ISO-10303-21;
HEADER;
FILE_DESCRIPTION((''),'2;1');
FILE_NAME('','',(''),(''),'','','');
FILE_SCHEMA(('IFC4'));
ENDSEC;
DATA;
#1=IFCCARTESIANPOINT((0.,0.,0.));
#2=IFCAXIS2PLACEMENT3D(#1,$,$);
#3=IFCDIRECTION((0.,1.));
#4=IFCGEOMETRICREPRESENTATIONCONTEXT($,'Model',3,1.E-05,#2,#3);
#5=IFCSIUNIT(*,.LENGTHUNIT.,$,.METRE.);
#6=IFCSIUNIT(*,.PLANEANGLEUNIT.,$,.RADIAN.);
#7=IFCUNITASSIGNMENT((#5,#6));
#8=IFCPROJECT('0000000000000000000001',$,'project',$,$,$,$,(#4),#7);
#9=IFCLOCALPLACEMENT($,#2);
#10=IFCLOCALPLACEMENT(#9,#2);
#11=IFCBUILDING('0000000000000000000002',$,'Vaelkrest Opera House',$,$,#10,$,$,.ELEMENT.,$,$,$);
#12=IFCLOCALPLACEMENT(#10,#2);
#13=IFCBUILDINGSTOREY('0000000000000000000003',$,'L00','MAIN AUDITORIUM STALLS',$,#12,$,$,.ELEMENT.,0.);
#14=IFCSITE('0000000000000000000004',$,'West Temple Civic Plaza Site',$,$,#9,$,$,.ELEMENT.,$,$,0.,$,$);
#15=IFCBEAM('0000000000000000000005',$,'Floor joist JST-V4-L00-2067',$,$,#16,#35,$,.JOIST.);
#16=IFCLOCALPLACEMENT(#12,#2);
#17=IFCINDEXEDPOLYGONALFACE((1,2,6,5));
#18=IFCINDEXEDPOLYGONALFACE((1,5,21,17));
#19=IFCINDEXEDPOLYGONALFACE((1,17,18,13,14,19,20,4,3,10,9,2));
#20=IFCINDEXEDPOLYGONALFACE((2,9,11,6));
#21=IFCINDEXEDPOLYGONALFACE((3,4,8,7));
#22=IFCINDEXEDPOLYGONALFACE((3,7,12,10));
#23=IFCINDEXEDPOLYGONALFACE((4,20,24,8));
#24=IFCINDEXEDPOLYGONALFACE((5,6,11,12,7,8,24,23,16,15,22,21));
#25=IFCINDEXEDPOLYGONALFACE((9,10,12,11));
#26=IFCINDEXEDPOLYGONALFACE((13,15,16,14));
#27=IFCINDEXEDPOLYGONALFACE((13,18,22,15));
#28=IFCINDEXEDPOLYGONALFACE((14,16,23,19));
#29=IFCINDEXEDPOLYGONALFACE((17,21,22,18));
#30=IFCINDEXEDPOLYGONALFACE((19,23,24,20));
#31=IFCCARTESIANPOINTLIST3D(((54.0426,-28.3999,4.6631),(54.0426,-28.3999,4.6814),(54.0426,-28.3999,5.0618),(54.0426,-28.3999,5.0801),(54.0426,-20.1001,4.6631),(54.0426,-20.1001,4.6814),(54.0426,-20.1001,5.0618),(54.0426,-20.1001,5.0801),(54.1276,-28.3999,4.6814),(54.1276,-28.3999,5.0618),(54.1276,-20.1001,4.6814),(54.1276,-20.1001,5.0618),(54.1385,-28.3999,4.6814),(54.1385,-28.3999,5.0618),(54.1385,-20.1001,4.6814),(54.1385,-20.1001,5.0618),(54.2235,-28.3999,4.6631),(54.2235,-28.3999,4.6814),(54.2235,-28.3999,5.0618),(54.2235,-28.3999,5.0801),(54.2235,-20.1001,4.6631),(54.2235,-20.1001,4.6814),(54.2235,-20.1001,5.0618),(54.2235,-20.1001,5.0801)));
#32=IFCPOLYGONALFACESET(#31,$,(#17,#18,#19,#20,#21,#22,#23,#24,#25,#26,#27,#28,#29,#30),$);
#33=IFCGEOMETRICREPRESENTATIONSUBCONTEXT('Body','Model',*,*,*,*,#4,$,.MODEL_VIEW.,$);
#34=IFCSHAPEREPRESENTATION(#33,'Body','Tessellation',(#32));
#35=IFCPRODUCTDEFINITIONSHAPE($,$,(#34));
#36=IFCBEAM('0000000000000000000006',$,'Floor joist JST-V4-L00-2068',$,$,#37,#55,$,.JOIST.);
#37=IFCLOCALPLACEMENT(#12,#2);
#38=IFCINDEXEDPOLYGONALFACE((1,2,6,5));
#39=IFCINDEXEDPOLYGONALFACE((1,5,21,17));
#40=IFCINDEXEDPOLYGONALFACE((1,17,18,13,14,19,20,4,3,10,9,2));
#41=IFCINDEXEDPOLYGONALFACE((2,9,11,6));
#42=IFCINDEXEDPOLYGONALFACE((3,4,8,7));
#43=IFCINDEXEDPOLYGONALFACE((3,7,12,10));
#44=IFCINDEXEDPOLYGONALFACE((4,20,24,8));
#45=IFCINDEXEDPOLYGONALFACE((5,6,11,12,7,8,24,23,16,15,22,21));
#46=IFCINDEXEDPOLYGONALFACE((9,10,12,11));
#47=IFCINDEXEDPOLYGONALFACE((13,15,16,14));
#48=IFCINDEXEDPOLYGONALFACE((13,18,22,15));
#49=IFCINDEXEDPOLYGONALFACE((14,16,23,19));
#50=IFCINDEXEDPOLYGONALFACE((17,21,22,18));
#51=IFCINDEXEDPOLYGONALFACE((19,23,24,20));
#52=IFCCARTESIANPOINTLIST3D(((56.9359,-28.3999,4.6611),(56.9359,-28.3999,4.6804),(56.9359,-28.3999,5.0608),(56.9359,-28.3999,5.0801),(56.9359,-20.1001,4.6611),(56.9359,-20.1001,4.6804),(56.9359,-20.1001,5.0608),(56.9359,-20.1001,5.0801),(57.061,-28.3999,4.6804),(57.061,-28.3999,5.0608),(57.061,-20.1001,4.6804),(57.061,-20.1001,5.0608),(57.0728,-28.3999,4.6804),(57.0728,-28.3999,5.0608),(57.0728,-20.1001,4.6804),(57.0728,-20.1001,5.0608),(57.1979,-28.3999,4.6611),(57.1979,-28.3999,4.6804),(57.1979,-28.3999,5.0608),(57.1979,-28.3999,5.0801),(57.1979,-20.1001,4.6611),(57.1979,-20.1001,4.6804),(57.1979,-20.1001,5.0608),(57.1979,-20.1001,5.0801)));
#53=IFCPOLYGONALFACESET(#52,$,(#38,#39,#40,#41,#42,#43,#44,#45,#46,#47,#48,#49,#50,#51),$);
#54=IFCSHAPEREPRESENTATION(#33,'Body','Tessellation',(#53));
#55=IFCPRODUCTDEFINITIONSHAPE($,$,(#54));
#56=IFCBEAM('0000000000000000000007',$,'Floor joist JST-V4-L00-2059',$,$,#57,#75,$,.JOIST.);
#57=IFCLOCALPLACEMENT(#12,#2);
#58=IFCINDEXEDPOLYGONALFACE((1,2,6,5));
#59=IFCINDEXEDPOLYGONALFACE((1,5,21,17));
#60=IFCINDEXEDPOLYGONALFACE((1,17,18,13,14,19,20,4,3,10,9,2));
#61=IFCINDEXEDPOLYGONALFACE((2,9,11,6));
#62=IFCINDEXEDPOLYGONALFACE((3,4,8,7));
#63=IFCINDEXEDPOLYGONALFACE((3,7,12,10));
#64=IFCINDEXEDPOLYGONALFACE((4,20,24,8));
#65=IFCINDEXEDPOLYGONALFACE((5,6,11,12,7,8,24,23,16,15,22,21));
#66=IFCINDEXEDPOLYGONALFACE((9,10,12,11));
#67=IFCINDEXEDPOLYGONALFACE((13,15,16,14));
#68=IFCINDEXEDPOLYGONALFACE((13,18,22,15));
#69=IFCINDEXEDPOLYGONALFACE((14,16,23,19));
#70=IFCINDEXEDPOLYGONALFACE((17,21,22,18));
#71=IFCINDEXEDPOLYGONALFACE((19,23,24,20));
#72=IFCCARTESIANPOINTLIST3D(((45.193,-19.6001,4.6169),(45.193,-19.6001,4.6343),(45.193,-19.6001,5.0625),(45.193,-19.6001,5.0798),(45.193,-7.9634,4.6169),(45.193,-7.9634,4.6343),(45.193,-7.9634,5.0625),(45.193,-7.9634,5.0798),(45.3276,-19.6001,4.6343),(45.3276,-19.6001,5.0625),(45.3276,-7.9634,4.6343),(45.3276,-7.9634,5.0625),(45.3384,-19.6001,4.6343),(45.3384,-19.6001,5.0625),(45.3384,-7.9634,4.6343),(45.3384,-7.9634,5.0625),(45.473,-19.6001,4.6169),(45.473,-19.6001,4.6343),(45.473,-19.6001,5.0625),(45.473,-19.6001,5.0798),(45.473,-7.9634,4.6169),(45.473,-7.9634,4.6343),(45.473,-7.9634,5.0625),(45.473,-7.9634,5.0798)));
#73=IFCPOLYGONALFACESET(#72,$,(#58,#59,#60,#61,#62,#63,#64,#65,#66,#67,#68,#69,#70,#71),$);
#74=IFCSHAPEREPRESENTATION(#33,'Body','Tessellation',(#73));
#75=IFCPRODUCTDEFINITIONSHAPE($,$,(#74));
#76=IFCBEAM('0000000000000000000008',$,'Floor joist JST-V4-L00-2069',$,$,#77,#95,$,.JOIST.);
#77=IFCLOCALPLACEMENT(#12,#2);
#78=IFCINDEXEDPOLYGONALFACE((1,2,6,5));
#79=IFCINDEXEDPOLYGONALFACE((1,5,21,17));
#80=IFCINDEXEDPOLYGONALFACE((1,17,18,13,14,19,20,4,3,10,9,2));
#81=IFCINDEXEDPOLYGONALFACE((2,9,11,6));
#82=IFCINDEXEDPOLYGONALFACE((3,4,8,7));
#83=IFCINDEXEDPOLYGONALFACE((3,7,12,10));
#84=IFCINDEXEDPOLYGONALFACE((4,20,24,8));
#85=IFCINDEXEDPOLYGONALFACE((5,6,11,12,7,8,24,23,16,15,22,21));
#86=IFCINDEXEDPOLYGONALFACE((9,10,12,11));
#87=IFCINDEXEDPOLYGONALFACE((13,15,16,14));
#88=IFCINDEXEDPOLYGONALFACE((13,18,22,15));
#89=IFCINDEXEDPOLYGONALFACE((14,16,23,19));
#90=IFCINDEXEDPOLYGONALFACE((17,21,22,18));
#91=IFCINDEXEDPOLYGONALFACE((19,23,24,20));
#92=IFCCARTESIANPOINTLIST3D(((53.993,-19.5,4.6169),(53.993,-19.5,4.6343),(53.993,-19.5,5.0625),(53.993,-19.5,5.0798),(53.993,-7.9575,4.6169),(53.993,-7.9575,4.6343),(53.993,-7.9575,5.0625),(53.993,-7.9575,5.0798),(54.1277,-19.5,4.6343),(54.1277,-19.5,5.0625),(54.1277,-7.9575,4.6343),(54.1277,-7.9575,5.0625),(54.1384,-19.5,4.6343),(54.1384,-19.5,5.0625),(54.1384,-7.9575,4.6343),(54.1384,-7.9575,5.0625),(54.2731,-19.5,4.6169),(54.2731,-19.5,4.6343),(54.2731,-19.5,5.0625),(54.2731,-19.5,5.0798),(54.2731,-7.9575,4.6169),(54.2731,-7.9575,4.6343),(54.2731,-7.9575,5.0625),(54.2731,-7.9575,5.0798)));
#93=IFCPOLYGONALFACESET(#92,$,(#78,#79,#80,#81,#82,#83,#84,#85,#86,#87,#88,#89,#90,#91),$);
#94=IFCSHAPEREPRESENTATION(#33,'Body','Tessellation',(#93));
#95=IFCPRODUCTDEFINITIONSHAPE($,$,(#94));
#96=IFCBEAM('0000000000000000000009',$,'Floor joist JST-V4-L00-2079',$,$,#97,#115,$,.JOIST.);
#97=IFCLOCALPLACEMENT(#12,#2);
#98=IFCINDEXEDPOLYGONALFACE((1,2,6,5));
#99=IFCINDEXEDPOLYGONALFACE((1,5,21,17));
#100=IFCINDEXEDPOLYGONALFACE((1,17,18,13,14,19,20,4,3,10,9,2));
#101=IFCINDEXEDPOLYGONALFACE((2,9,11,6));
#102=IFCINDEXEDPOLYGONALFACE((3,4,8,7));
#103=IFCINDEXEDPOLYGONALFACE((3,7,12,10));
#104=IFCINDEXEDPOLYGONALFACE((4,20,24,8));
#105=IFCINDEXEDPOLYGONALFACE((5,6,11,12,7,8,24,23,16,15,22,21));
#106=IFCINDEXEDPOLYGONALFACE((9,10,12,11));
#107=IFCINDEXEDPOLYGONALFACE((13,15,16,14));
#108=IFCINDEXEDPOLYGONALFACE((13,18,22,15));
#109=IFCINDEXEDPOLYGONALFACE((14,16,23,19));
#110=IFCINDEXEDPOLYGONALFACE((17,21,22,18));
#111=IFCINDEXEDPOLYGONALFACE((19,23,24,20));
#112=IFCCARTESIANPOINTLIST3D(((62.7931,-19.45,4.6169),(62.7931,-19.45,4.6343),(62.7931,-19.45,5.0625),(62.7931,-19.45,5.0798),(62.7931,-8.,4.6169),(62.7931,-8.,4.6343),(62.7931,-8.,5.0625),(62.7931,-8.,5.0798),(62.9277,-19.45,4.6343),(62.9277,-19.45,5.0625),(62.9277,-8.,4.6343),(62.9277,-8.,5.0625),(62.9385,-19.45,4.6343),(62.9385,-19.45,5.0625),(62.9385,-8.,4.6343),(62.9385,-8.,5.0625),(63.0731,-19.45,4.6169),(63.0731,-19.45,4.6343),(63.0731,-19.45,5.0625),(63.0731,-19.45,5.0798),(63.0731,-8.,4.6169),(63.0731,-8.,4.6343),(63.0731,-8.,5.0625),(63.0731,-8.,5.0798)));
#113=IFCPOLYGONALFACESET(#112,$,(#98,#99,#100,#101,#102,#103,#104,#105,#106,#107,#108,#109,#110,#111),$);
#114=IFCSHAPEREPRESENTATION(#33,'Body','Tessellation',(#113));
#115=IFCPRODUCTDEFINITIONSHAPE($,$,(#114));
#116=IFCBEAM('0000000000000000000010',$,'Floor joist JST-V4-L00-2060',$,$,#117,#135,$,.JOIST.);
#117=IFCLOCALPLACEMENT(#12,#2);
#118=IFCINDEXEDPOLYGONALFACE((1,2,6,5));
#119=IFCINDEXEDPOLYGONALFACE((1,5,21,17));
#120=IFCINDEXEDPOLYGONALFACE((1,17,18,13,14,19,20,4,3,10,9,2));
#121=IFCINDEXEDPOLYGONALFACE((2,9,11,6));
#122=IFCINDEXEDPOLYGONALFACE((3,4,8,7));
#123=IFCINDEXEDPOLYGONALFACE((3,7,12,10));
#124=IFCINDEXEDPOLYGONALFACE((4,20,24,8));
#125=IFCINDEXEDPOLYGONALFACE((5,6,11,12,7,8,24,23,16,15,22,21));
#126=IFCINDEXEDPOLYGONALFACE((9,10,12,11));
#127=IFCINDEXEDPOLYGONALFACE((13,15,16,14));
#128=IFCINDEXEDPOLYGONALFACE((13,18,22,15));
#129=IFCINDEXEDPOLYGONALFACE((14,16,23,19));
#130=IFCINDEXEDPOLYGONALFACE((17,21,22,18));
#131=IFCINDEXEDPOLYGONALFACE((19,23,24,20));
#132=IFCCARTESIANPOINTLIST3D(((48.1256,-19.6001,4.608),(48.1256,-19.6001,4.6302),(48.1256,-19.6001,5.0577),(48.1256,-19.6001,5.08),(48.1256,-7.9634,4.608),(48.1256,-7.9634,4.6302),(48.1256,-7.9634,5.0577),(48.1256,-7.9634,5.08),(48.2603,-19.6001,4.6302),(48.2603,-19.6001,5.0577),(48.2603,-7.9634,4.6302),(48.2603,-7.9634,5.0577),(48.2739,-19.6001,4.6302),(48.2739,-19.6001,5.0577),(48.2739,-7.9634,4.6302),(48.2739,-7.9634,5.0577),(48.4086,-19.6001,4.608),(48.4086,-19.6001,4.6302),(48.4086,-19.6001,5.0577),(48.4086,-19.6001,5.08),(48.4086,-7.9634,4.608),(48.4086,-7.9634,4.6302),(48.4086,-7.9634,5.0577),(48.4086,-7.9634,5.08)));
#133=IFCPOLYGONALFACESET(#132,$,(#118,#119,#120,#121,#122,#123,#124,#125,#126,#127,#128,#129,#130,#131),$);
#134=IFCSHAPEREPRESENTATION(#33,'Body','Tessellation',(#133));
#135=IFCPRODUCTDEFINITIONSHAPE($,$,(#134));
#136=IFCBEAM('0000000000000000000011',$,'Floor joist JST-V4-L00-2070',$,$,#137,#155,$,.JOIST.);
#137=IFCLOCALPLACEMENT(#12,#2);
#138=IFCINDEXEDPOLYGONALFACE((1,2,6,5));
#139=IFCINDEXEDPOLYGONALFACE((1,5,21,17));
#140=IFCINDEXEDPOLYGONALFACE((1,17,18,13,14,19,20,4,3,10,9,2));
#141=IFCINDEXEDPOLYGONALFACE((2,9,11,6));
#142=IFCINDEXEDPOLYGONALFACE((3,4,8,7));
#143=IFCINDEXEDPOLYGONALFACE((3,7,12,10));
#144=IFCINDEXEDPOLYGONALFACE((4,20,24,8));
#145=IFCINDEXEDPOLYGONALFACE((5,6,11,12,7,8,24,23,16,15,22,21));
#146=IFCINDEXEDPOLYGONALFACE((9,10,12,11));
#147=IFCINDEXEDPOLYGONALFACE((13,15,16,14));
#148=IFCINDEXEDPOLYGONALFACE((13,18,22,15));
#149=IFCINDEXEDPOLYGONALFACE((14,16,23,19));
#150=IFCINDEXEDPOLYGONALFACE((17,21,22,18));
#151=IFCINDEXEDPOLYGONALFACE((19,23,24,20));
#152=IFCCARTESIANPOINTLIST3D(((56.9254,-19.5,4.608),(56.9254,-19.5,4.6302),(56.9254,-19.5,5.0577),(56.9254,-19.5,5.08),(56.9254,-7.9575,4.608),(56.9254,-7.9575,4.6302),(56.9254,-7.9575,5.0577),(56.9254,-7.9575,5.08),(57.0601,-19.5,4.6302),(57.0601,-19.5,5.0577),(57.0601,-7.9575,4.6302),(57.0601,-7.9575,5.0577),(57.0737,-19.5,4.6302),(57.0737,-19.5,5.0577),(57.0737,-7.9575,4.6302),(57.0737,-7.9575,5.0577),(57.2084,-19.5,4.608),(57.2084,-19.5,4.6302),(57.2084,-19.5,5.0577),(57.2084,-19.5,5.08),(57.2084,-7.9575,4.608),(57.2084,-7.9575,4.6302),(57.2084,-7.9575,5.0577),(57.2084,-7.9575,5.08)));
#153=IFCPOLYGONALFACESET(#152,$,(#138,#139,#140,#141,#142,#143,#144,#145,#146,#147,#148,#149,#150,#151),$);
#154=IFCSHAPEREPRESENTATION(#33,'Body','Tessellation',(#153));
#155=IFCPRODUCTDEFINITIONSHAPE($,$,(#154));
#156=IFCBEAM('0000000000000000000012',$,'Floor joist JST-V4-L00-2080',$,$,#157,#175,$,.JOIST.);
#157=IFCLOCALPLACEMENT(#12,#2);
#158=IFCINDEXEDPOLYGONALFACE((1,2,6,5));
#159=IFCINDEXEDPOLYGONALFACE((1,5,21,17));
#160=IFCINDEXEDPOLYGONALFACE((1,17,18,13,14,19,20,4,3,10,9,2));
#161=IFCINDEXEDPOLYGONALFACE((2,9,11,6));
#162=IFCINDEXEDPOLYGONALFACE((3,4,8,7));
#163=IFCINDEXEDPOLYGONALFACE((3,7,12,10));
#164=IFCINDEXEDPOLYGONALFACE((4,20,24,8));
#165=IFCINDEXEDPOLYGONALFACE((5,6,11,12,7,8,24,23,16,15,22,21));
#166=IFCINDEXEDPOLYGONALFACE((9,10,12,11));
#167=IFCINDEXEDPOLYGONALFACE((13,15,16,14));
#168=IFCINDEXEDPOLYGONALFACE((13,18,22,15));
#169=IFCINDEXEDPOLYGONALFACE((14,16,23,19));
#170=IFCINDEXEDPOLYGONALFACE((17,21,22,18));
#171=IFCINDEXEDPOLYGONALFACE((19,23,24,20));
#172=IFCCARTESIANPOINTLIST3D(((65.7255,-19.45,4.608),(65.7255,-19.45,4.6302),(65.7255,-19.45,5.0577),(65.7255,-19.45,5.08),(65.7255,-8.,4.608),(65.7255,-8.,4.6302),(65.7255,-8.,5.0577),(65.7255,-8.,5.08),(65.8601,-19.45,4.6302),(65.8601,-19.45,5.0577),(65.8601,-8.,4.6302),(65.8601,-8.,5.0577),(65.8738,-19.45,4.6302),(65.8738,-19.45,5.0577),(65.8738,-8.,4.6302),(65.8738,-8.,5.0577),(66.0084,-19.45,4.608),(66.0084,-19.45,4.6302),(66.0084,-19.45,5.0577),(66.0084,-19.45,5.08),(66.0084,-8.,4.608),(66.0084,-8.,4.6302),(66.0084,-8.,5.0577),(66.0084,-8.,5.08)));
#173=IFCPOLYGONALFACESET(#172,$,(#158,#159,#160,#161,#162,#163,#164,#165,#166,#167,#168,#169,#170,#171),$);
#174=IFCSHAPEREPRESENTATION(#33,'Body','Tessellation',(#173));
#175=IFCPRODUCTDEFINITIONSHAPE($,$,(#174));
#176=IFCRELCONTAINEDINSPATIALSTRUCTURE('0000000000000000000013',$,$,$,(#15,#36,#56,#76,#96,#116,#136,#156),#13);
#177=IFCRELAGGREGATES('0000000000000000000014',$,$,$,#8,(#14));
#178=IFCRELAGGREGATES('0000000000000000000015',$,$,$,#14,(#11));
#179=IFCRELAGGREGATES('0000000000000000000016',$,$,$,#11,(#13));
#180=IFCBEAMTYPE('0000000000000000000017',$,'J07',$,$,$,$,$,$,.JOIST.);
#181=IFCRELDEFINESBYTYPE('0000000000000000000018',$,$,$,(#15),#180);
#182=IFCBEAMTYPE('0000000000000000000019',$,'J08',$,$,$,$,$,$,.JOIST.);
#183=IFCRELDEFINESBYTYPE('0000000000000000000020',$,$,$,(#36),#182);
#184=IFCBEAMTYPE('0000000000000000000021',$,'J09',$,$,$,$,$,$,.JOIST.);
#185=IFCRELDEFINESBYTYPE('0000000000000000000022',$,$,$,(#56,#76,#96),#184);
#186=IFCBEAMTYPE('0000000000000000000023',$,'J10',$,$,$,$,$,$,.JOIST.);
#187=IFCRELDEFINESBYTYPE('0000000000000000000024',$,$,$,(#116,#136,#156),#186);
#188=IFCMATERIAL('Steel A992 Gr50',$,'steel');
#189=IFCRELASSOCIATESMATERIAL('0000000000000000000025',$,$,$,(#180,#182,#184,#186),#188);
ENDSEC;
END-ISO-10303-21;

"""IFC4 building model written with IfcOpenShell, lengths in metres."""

from ifc_helpers import new_model, si_unit, direction, frame, origin, origin_2d, place, context, subcontext, project, spatial, i_section, extrude, material, material_profile, profile_set, type_object, element, save


model = new_model("IFC4")

# Units and contexts
model_context = context("Model", 3, precision=1e-05, world=origin(), true_north=direction((0.0, 1.0)))
body_context = subcontext(model_context, "Body", "Model", "MODEL_VIEW")
ifc_project = project(units=[si_unit("LENGTHUNIT", "METRE"), si_unit("PLANEANGLEUNIT", "RADIAN")], contexts=[model_context])

# Site, building, storey
site_placement = place(None, origin())
site = spatial("IfcSite", under=ifc_project, at=site_placement, Name="West Temple Civic Plaza Site", CompositionType="ELEMENT", RefElevation=0.0)
building_placement = place(site_placement, origin())
building = spatial("IfcBuilding", under=site, at=building_placement, Name="Vaelkrest Opera House", CompositionType="ELEMENT")
storey_placement = place(building_placement, origin())
storey = spatial("IfcBuildingStorey", under=building, at=storey_placement, Name="L00", Description="MAIN AUDITORIUM STALLS", CompositionType="ELEMENT", Elevation=0.0)

# Beams
ifc_material_1 = material(Name="Steel A992 Gr50", Category="steel")
ifc_material_profile_1 = material_profile(ifc_material_1, i_section(OverallWidth=0.1809, OverallDepth=0.417, WebThickness=0.011, FlangeThickness=0.0183, at=origin_2d()), Name="W16X57")
ifc_profile_set_1 = profile_set([ifc_material_profile_1], Name="Steel A992 Gr50")
beam_type_1 = type_object("IfcBeamType", Name="J07", PredefinedType="JOIST", material=ifc_profile_set_1)
beam_1_placement = place(storey_placement, frame((54.1331, -28.3999, 4.8716), z_axis=(0.0, 1.0, 0.0), x_axis=(-1.0, 0.0, 0.0)))
element("IfcBeam", 1, at=beam_1_placement, inside=storey, type_object=beam_type_1, Name="Floor joist JST-V4-L00-2067", PredefinedType="JOIST", context=body_context, shape_type="SweptSolid", body=[
    extrude(i_section(OverallWidth=0.1809, OverallDepth=0.417, WebThickness=0.011, FlangeThickness=0.0183, at=origin_2d()), origin(), (0.0, 0.0, 1.0), 8.2998),
])
ifc_material_profile_2 = material_profile(ifc_material_1, i_section(OverallWidth=0.262, OverallDepth=0.4189, WebThickness=0.0117, FlangeThickness=0.0193, at=origin_2d()), Name="W16X77")
ifc_profile_set_2 = profile_set([ifc_material_profile_2], Name="Steel A992 Gr50")
beam_type_2 = type_object("IfcBeamType", Name="J08", PredefinedType="JOIST", material=ifc_profile_set_2)
beam_2_placement = place(storey_placement, frame((57.0669, -28.3999, 4.8706), z_axis=(0.0, 1.0, 0.0), x_axis=(-1.0, 0.0, 0.0)))
element("IfcBeam", 2, at=beam_2_placement, inside=storey, type_object=beam_type_2, Name="Floor joist JST-V4-L00-2068", PredefinedType="JOIST", context=body_context, shape_type="SweptSolid", body=[
    extrude(i_section(OverallWidth=0.262, OverallDepth=0.4189, WebThickness=0.0117, FlangeThickness=0.0193, at=origin_2d()), origin(), (0.0, 0.0, 1.0), 8.2998),
])
ifc_material_profile_3 = material_profile(ifc_material_1, i_section(OverallWidth=0.28, OverallDepth=0.4629, WebThickness=0.0107, FlangeThickness=0.0173, at=origin_2d()), Name="W18X76")
ifc_profile_set_3 = profile_set([ifc_material_profile_3], Name="Steel A992 Gr50")
beam_type_3 = type_object("IfcBeamType", Name="J09", PredefinedType="JOIST", material=ifc_profile_set_3)
beam_3_placement = place(storey_placement, frame((45.333, -19.6001, 4.8484), z_axis=(0.0, 1.0, 0.0), x_axis=(-1.0, 0.0, 0.0)))
element("IfcBeam", 3, at=beam_3_placement, inside=storey, type_object=beam_type_3, Name="Floor joist JST-V4-L00-2059", PredefinedType="JOIST", context=body_context, shape_type="SweptSolid", body=[
    extrude(i_section(OverallWidth=0.28, OverallDepth=0.4629, WebThickness=0.0107, FlangeThickness=0.0173, at=origin_2d()), origin(), (0.0, 0.0, 1.0), 11.6367),
])
beam_4_placement = place(storey_placement, frame((54.1331, -19.5, 4.8484), z_axis=(0.0, 1.0, 0.0), x_axis=(-1.0, 0.0, 0.0)))
element("IfcBeam", 4, at=beam_4_placement, inside=storey, type_object=beam_type_3, Name="Floor joist JST-V4-L00-2069", PredefinedType="JOIST", context=body_context, shape_type="SweptSolid", body=[
    extrude(i_section(OverallWidth=0.28, OverallDepth=0.4629, WebThickness=0.0107, FlangeThickness=0.0173, at=origin_2d()), origin(), (0.0, 0.0, 1.0), 11.5425),
])
beam_5_placement = place(storey_placement, frame((62.9331, -19.45, 4.8484), z_axis=(0.0, 1.0, 0.0), x_axis=(-1.0, 0.0, 0.0)))
element("IfcBeam", 5, at=beam_5_placement, inside=storey, type_object=beam_type_3, Name="Floor joist JST-V4-L00-2079", PredefinedType="JOIST", context=body_context, shape_type="SweptSolid", body=[
    extrude(i_section(OverallWidth=0.28, OverallDepth=0.4629, WebThickness=0.0107, FlangeThickness=0.0173, at=origin_2d()), origin(), (0.0, 0.0, 1.0), 11.45),
])
ifc_material_profile_4 = material_profile(ifc_material_1, i_section(OverallWidth=0.283, OverallDepth=0.4719, WebThickness=0.0137, FlangeThickness=0.0222, at=origin_2d()), Name="W18X97")
ifc_profile_set_4 = profile_set([ifc_material_profile_4], Name="Steel A992 Gr50")
beam_type_4 = type_object("IfcBeamType", Name="J10", PredefinedType="JOIST", material=ifc_profile_set_4)
beam_6_placement = place(storey_placement, frame((48.2671, -19.6001, 4.844), z_axis=(0.0, 1.0, 0.0), x_axis=(-1.0, 0.0, 0.0)))
element("IfcBeam", 6, at=beam_6_placement, inside=storey, type_object=beam_type_4, Name="Floor joist JST-V4-L00-2060", PredefinedType="JOIST", context=body_context, shape_type="SweptSolid", body=[
    extrude(i_section(OverallWidth=0.283, OverallDepth=0.4719, WebThickness=0.0137, FlangeThickness=0.0222, at=origin_2d()), origin(), (0.0, 0.0, 1.0), 11.6367),
])
beam_7_placement = place(storey_placement, frame((57.0669, -19.5, 4.844), z_axis=(0.0, 1.0, 0.0), x_axis=(-1.0, 0.0, 0.0)))
element("IfcBeam", 7, at=beam_7_placement, inside=storey, type_object=beam_type_4, Name="Floor joist JST-V4-L00-2070", PredefinedType="JOIST", context=body_context, shape_type="SweptSolid", body=[
    extrude(i_section(OverallWidth=0.283, OverallDepth=0.4719, WebThickness=0.0137, FlangeThickness=0.0222, at=origin_2d()), origin(), (0.0, 0.0, 1.0), 11.5425),
])
beam_8_placement = place(storey_placement, frame((65.8669, -19.45, 4.844), z_axis=(0.0, 1.0, 0.0), x_axis=(-1.0, 0.0, 0.0)))
element("IfcBeam", 8, at=beam_8_placement, inside=storey, type_object=beam_type_4, Name="Floor joist JST-V4-L00-2080", PredefinedType="JOIST", context=body_context, shape_type="SweptSolid", body=[
    extrude(i_section(OverallWidth=0.283, OverallDepth=0.4719, WebThickness=0.0137, FlangeThickness=0.0222, at=origin_2d()), origin(), (0.0, 0.0, 1.0), 11.45),
])

save(model, "model.ifc")
